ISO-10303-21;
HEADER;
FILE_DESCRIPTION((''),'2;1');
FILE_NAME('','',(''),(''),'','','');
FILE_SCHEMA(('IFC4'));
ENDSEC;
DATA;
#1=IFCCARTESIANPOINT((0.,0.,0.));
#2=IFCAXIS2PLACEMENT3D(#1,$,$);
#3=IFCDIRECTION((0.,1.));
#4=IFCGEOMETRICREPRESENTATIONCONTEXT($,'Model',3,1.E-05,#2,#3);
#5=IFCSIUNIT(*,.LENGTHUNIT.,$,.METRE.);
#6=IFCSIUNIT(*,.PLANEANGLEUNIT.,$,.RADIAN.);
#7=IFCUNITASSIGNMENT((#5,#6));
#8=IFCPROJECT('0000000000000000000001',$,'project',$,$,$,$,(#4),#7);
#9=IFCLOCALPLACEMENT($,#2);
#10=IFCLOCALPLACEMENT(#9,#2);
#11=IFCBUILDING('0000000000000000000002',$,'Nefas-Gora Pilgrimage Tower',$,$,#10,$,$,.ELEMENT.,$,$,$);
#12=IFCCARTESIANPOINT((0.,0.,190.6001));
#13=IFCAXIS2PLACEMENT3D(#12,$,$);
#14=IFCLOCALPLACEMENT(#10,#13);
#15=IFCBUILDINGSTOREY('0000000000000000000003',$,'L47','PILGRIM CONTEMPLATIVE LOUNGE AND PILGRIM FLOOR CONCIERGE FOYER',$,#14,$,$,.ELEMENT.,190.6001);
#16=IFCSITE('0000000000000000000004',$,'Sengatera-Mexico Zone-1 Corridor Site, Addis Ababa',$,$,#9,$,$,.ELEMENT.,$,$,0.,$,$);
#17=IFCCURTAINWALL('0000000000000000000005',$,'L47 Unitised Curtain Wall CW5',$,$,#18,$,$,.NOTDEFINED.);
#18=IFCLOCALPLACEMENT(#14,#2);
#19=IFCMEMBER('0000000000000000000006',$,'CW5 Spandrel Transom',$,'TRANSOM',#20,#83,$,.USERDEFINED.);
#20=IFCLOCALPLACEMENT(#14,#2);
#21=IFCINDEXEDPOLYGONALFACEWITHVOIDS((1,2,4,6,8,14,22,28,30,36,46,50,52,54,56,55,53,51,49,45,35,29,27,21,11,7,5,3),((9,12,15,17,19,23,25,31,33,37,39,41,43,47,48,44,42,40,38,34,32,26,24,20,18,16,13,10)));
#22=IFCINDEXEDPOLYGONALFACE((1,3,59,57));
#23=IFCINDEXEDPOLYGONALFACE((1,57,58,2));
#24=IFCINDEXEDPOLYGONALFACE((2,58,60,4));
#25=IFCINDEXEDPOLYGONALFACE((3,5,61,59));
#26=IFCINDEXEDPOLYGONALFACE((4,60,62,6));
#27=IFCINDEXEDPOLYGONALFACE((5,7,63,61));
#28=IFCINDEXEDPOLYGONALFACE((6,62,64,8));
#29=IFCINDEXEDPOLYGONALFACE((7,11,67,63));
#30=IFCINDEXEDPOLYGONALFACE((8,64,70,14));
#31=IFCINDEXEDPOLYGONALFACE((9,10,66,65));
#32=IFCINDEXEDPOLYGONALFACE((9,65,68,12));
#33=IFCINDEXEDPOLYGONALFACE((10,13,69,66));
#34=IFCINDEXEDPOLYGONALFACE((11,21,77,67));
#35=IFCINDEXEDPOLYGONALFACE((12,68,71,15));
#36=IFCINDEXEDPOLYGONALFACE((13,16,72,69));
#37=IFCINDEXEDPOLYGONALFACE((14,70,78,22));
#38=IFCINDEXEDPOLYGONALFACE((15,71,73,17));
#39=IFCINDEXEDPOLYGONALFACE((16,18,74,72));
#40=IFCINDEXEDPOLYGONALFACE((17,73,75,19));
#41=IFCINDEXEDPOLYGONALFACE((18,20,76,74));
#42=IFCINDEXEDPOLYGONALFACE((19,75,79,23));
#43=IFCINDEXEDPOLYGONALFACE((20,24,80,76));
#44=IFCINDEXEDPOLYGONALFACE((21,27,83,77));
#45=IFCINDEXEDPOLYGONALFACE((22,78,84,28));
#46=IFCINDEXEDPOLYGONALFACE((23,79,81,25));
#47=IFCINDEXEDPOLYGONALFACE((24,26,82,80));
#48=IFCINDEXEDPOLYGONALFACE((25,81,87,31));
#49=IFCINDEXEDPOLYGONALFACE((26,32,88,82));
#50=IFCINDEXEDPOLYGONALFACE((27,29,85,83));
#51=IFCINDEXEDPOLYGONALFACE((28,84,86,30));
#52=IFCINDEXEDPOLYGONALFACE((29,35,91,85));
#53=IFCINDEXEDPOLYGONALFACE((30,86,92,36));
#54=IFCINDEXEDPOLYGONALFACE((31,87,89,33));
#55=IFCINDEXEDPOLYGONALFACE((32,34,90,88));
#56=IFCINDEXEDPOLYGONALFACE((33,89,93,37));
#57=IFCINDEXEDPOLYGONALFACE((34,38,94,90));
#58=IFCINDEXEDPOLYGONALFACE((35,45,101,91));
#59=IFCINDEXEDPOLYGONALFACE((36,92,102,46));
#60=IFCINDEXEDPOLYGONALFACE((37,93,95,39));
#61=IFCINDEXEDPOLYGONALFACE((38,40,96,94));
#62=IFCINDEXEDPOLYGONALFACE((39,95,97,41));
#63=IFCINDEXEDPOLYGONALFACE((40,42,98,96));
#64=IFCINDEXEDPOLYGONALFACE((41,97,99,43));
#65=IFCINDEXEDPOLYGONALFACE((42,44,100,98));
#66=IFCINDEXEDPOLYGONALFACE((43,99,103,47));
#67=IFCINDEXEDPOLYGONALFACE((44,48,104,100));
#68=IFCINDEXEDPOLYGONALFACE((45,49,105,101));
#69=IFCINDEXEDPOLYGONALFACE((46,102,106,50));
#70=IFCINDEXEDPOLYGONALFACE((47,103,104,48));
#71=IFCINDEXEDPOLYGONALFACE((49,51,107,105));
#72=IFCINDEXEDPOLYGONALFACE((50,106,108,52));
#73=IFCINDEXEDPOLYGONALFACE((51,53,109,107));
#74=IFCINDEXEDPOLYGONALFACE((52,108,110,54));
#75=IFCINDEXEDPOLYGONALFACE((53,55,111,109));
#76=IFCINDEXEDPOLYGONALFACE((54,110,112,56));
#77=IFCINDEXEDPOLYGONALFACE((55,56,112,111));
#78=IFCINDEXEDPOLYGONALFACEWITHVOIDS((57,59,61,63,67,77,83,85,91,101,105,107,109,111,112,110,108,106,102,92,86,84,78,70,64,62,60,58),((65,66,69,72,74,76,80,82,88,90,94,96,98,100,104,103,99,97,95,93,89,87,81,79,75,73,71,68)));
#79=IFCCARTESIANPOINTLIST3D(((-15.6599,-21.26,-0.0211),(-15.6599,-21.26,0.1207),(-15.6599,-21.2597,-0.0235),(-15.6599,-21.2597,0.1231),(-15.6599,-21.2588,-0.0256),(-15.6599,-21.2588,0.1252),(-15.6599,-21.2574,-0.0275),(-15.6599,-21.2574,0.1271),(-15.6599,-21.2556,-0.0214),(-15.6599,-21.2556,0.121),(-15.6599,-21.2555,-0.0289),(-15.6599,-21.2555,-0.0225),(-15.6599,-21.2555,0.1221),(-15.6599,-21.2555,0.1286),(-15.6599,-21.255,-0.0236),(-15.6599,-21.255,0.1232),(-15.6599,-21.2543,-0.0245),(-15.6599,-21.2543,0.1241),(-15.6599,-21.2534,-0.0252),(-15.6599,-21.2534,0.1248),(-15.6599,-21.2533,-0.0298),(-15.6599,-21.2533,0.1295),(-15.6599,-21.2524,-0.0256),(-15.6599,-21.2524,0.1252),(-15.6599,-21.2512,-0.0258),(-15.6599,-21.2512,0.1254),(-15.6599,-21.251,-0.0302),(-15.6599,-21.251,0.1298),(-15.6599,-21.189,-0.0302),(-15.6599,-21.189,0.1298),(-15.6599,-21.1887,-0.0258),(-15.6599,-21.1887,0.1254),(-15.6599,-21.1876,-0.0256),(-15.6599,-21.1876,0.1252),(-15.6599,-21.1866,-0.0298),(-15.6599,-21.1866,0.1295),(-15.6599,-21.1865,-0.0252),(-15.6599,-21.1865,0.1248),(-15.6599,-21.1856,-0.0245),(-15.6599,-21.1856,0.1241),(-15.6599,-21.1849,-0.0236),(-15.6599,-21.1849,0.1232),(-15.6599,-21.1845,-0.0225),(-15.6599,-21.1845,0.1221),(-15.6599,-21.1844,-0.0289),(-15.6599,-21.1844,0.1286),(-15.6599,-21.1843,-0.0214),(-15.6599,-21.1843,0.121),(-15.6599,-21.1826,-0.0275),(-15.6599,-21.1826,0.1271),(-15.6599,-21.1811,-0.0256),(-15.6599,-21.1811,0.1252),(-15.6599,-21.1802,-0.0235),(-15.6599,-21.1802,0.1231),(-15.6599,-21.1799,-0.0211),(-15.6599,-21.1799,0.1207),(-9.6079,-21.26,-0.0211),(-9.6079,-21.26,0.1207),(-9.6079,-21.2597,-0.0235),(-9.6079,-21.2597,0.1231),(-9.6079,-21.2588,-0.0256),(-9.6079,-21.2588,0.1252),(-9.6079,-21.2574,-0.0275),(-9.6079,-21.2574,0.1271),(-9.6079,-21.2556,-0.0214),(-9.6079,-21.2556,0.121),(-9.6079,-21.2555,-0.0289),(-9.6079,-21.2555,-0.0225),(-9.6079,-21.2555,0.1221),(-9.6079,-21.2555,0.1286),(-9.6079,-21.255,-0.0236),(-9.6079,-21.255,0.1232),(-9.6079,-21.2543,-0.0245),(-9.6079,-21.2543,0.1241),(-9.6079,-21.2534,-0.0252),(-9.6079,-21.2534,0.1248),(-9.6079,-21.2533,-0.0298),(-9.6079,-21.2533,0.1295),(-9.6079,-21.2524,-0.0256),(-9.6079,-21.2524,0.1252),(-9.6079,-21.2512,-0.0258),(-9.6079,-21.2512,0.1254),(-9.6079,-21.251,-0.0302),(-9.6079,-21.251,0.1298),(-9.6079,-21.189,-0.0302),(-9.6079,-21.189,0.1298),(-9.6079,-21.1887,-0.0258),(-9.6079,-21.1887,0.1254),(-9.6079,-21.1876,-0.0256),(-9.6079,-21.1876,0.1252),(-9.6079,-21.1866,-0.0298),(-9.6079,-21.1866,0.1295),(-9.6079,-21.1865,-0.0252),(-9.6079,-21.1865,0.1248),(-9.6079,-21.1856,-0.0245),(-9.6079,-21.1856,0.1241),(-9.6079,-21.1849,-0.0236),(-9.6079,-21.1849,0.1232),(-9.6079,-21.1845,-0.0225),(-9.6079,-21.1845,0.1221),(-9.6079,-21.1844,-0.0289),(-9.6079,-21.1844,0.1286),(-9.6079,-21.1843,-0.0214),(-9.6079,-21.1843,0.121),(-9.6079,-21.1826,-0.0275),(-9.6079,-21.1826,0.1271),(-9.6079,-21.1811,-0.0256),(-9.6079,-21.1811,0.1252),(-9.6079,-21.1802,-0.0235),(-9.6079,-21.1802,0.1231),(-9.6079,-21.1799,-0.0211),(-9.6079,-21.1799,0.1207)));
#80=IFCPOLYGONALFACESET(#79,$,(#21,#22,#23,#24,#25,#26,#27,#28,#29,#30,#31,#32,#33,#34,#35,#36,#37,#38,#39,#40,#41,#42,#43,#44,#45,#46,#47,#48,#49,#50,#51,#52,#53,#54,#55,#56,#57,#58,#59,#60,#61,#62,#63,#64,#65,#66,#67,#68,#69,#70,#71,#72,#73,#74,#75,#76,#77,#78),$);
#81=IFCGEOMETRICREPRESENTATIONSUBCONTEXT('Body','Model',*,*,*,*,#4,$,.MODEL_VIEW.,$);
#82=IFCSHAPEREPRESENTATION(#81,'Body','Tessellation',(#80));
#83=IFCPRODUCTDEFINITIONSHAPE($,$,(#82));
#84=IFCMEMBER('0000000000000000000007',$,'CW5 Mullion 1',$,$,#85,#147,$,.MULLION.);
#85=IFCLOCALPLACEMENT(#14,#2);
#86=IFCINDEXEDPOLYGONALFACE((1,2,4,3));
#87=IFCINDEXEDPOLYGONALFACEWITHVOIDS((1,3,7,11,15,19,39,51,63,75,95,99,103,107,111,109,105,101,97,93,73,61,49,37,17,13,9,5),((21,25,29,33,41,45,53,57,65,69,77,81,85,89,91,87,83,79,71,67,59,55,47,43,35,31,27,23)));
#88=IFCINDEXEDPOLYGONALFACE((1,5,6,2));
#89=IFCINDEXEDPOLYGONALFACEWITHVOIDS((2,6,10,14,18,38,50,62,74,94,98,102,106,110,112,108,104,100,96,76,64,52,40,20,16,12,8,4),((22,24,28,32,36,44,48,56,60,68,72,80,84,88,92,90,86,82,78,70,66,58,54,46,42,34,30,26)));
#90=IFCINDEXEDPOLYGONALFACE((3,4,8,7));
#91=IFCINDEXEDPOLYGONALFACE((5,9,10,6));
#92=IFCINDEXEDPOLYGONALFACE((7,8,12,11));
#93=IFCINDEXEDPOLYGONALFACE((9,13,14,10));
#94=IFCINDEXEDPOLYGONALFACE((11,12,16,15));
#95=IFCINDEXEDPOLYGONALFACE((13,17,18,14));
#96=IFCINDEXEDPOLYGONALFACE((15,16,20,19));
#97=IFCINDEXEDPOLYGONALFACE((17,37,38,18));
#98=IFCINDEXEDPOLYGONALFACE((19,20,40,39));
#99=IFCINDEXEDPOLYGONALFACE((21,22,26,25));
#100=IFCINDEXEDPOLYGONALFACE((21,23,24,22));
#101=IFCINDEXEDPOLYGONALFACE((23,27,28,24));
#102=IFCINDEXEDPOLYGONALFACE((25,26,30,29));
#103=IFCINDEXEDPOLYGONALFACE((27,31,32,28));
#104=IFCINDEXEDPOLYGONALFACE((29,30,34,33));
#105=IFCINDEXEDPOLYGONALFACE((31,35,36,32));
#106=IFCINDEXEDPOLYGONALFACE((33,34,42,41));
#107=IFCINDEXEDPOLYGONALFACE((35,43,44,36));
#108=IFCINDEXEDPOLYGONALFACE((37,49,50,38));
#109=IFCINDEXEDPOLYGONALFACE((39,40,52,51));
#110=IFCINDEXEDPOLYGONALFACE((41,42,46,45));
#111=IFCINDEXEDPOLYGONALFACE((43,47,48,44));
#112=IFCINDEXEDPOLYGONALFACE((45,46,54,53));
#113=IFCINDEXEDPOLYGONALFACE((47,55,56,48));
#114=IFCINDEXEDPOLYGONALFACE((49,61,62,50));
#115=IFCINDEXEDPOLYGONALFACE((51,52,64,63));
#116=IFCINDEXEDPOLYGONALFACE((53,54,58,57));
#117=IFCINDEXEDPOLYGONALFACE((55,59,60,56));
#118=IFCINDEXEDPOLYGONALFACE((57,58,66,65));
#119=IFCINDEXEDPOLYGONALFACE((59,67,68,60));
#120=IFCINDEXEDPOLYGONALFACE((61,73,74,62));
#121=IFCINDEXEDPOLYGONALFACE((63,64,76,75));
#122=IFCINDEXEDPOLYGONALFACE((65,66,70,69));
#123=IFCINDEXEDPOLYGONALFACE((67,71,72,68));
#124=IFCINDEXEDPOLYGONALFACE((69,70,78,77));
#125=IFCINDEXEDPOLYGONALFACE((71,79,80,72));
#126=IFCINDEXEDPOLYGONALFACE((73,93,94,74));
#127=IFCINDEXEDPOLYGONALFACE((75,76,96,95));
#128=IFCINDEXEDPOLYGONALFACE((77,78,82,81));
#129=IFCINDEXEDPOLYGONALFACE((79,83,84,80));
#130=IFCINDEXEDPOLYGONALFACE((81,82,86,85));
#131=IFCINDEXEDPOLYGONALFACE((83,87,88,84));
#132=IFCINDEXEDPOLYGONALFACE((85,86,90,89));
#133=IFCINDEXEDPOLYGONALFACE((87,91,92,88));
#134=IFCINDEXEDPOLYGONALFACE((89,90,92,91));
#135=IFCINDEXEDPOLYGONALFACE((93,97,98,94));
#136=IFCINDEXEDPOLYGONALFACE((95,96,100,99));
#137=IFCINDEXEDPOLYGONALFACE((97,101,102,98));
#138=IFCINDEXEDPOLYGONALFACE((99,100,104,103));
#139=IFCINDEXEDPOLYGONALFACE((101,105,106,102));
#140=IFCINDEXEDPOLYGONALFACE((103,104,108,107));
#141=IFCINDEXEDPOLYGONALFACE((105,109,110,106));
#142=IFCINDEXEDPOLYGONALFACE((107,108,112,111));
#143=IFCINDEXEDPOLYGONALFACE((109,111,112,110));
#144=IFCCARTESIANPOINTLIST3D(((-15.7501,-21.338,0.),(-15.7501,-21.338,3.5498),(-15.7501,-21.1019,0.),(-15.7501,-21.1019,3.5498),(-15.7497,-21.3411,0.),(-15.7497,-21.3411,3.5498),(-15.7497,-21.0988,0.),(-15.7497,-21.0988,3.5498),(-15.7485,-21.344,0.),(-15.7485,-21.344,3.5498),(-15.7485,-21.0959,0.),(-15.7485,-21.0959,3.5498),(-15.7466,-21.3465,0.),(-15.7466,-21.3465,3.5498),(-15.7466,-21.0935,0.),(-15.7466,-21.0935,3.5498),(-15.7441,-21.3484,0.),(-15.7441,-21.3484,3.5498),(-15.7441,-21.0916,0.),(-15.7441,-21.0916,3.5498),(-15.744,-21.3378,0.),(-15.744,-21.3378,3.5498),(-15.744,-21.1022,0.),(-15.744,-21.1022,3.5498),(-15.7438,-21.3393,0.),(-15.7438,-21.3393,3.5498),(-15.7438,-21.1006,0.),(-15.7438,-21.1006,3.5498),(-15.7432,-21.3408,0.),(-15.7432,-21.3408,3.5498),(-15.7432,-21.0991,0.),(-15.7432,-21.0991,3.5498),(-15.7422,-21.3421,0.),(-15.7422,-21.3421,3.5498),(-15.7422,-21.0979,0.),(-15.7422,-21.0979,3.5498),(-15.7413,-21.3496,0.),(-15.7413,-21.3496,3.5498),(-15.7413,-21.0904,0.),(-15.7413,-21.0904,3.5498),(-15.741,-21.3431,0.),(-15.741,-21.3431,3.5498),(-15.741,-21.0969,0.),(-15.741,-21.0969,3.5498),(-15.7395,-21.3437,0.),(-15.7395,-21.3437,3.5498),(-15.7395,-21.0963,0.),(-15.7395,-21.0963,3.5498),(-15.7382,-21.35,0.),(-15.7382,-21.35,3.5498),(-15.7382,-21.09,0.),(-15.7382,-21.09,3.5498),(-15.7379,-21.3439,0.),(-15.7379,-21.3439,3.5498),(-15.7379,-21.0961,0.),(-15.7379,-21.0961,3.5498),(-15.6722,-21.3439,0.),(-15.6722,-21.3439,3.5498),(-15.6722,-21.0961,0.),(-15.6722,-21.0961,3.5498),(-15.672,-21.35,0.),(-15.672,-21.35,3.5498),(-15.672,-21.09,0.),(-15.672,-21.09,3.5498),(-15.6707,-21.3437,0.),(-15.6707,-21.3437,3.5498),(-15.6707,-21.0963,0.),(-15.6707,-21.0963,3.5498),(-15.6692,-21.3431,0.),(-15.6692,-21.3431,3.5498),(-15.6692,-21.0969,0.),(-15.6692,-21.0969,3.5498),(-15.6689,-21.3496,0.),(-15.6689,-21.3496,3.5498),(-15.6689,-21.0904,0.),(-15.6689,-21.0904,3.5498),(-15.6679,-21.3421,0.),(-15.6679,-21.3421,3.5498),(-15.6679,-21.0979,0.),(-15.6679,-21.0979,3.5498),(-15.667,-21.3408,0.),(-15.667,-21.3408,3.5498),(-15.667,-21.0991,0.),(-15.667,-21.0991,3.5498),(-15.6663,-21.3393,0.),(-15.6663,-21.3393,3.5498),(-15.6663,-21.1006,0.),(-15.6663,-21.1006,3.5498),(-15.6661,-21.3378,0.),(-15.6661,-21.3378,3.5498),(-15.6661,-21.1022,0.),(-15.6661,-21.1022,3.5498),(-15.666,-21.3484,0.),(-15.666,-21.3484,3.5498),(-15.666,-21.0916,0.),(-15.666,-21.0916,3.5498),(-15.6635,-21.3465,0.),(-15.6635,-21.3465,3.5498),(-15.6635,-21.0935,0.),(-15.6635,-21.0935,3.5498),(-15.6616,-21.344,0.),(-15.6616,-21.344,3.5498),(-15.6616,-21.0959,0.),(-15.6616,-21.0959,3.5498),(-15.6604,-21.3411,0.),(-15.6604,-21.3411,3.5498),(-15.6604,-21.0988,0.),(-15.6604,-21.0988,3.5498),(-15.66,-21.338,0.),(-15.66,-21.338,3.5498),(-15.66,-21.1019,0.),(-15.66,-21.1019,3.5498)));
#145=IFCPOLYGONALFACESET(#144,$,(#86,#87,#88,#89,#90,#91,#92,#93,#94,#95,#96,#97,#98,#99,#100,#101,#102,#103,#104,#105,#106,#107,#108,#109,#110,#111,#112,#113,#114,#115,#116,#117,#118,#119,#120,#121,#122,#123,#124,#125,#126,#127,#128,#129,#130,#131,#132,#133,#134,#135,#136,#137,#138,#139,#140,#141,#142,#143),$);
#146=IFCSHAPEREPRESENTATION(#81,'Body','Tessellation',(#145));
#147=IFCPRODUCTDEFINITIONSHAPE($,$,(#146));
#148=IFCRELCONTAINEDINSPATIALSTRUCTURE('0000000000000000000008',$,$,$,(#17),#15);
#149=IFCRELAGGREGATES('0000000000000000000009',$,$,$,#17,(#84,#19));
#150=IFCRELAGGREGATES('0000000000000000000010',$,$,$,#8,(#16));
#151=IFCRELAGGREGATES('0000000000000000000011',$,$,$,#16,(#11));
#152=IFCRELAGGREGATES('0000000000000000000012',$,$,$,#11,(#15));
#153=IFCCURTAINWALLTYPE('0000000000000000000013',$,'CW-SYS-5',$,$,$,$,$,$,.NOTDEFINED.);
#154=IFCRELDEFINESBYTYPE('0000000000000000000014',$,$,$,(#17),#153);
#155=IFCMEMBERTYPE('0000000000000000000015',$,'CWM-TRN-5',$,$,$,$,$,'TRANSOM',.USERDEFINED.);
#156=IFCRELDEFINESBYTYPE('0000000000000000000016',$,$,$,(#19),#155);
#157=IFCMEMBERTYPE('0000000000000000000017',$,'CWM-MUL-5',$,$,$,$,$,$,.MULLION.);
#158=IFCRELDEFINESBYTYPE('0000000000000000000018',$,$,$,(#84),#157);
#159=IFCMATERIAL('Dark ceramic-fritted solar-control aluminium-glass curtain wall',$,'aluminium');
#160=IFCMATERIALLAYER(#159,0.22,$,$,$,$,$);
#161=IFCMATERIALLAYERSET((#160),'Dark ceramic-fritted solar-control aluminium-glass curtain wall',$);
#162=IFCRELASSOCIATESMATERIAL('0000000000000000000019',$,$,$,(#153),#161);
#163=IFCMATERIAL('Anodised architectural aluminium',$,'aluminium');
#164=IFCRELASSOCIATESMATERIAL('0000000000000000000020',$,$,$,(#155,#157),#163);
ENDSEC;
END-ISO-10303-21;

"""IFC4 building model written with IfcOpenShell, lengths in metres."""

from ifc_helpers import new_model, si_unit, direction, frame, origin, origin_2d, place, context, subcontext, project, spatial, hollow_rectangle, extrude, source, transform, mapped, material, layer, layer_set, material_profile, profile_set, type_object, element, aggregate, save


model = new_model("IFC4")

# Units and contexts
model_context = context("Model", 3, precision=1e-05, world=origin(), true_north=direction((0.0, 1.0)))
body_context = subcontext(model_context, "Body", "Model", "MODEL_VIEW")
ifc_project = project(units=[si_unit("LENGTHUNIT", "METRE"), si_unit("PLANEANGLEUNIT", "RADIAN")], contexts=[model_context])

# Site, building, storey
site_placement = place(None, origin())
site = spatial("IfcSite", under=ifc_project, at=site_placement, Name="Sengatera-Mexico Zone-1 Corridor Site, Addis Ababa", CompositionType="ELEMENT", RefElevation=0.0)
building_placement = place(site_placement, origin())
building = spatial("IfcBuilding", under=site, at=building_placement, Name="Nefas-Gora Pilgrimage Tower", CompositionType="ELEMENT")
storey_placement = place(building_placement, frame((0.0, 0.0, 190.6001)))
storey = spatial("IfcBuildingStorey", under=building, at=storey_placement, Name="L47", Description="PILGRIM CONTEMPLATIVE LOUNGE AND PILGRIM FLOOR CONCIERGE FOYER", CompositionType="ELEMENT", Elevation=190.6001)

# Curtain wall, members
ifc_material_1 = material(Name="Dark ceramic-fritted solar-control aluminium-glass curtain wall", Category="aluminium")
ifc_layer_1 = layer(ifc_material_1, 0.22)
ifc_layer_set_1 = layer_set([ifc_layer_1], Name="Dark ceramic-fritted solar-control aluminium-glass curtain wall")
curtain_wall_type_1 = type_object("IfcCurtainWallType", Name="CW-SYS-5", PredefinedType="NOTDEFINED", material=ifc_layer_set_1)
curtain_wall_1_placement = place(storey_placement, origin())
curtain_wall_1 = element("IfcCurtainWall", 1, at=curtain_wall_1_placement, inside=storey, type_object=curtain_wall_type_1, Name="L47 Unitised Curtain Wall CW5", PredefinedType="NOTDEFINED")
ifc_material_2 = material(Name="Anodised architectural aluminium", Category="aluminium")
ifc_material_profile_1 = material_profile(ifc_material_2, hollow_rectangle(XDim=0.0801, YDim=0.1599, WallThickness=0.0044, InnerFilletRadius=0.0044, OuterFilletRadius=0.009, at=origin_2d()), Name="ALU TRANSOM 80x160")
ifc_profile_set_1 = profile_set([ifc_material_profile_1], Name="Anodised architectural aluminium")
member_type_1 = type_object("IfcMemberType", Name="CWM-TRN-5", ElementType="TRANSOM", PredefinedType="USERDEFINED", material=ifc_profile_set_1)
shared_shape_1 = source(origin(), body_context, "Body", "SweptSolid", [
    extrude(hollow_rectangle(XDim=0.0801, YDim=0.1599, WallThickness=0.0044, InnerFilletRadius=0.0044, OuterFilletRadius=0.009, at=origin_2d()), origin(), (0.0, 0.0, 1.0), 6.052),
])
member_1_placement = place(storey_placement, frame((-15.6599, -21.22, 0.0498), z_axis=(1.0, 0.0, 0.0), x_axis=(0.0, 1.0, 0.0)))
member_1 = element("IfcMember", 2, at=member_1_placement, type_object=member_type_1, Name="CW5 Spandrel Transom", ObjectType="TRANSOM", PredefinedType="USERDEFINED", context=body_context, shape_type="MappedRepresentation", body=[
    mapped(shared_shape_1, transform((0.0, 0.0, 0.0), x_axis=(1.0, 0.0, 0.0), y_axis=(0.0, 1.0, 0.0), z_axis=(0.0, 0.0, 1.0), scale=1.0)),
])
ifc_material_profile_2 = material_profile(ifc_material_2, hollow_rectangle(XDim=0.0901, YDim=0.26, WallThickness=0.0061, InnerFilletRadius=0.0061, OuterFilletRadius=0.012, at=origin_2d()), Name="ALU MULLION 90x260")
ifc_profile_set_2 = profile_set([ifc_material_profile_2], Name="Anodised architectural aluminium")
member_type_2 = type_object("IfcMemberType", Name="CWM-MUL-5", PredefinedType="MULLION", material=ifc_profile_set_2)
shared_shape_2 = source(origin(), body_context, "Body", "SweptSolid", [
    extrude(hollow_rectangle(XDim=0.0901, YDim=0.26, WallThickness=0.0061, InnerFilletRadius=0.0061, OuterFilletRadius=0.012, at=origin_2d()), origin(), (0.0, 0.0, 1.0), 3.5498),
])
member_2_placement = place(storey_placement, frame((-15.7051, -21.22, 0.0), z_axis=(0.0, 0.0, 1.0), x_axis=(1.0, 0.0, 0.0)))
member_2 = element("IfcMember", 3, at=member_2_placement, type_object=member_type_2, Name="CW5 Mullion 1", PredefinedType="MULLION", context=body_context, shape_type="MappedRepresentation", body=[
    mapped(shared_shape_2, transform((0.0, 0.0, 0.0), x_axis=(1.0, 0.0, 0.0), y_axis=(0.0, 1.0, 0.0), z_axis=(0.0, 0.0, 1.0), scale=1.0)),
])

aggregate(curtain_wall_1, [member_2, member_1])

save(model, "model.ifc")
